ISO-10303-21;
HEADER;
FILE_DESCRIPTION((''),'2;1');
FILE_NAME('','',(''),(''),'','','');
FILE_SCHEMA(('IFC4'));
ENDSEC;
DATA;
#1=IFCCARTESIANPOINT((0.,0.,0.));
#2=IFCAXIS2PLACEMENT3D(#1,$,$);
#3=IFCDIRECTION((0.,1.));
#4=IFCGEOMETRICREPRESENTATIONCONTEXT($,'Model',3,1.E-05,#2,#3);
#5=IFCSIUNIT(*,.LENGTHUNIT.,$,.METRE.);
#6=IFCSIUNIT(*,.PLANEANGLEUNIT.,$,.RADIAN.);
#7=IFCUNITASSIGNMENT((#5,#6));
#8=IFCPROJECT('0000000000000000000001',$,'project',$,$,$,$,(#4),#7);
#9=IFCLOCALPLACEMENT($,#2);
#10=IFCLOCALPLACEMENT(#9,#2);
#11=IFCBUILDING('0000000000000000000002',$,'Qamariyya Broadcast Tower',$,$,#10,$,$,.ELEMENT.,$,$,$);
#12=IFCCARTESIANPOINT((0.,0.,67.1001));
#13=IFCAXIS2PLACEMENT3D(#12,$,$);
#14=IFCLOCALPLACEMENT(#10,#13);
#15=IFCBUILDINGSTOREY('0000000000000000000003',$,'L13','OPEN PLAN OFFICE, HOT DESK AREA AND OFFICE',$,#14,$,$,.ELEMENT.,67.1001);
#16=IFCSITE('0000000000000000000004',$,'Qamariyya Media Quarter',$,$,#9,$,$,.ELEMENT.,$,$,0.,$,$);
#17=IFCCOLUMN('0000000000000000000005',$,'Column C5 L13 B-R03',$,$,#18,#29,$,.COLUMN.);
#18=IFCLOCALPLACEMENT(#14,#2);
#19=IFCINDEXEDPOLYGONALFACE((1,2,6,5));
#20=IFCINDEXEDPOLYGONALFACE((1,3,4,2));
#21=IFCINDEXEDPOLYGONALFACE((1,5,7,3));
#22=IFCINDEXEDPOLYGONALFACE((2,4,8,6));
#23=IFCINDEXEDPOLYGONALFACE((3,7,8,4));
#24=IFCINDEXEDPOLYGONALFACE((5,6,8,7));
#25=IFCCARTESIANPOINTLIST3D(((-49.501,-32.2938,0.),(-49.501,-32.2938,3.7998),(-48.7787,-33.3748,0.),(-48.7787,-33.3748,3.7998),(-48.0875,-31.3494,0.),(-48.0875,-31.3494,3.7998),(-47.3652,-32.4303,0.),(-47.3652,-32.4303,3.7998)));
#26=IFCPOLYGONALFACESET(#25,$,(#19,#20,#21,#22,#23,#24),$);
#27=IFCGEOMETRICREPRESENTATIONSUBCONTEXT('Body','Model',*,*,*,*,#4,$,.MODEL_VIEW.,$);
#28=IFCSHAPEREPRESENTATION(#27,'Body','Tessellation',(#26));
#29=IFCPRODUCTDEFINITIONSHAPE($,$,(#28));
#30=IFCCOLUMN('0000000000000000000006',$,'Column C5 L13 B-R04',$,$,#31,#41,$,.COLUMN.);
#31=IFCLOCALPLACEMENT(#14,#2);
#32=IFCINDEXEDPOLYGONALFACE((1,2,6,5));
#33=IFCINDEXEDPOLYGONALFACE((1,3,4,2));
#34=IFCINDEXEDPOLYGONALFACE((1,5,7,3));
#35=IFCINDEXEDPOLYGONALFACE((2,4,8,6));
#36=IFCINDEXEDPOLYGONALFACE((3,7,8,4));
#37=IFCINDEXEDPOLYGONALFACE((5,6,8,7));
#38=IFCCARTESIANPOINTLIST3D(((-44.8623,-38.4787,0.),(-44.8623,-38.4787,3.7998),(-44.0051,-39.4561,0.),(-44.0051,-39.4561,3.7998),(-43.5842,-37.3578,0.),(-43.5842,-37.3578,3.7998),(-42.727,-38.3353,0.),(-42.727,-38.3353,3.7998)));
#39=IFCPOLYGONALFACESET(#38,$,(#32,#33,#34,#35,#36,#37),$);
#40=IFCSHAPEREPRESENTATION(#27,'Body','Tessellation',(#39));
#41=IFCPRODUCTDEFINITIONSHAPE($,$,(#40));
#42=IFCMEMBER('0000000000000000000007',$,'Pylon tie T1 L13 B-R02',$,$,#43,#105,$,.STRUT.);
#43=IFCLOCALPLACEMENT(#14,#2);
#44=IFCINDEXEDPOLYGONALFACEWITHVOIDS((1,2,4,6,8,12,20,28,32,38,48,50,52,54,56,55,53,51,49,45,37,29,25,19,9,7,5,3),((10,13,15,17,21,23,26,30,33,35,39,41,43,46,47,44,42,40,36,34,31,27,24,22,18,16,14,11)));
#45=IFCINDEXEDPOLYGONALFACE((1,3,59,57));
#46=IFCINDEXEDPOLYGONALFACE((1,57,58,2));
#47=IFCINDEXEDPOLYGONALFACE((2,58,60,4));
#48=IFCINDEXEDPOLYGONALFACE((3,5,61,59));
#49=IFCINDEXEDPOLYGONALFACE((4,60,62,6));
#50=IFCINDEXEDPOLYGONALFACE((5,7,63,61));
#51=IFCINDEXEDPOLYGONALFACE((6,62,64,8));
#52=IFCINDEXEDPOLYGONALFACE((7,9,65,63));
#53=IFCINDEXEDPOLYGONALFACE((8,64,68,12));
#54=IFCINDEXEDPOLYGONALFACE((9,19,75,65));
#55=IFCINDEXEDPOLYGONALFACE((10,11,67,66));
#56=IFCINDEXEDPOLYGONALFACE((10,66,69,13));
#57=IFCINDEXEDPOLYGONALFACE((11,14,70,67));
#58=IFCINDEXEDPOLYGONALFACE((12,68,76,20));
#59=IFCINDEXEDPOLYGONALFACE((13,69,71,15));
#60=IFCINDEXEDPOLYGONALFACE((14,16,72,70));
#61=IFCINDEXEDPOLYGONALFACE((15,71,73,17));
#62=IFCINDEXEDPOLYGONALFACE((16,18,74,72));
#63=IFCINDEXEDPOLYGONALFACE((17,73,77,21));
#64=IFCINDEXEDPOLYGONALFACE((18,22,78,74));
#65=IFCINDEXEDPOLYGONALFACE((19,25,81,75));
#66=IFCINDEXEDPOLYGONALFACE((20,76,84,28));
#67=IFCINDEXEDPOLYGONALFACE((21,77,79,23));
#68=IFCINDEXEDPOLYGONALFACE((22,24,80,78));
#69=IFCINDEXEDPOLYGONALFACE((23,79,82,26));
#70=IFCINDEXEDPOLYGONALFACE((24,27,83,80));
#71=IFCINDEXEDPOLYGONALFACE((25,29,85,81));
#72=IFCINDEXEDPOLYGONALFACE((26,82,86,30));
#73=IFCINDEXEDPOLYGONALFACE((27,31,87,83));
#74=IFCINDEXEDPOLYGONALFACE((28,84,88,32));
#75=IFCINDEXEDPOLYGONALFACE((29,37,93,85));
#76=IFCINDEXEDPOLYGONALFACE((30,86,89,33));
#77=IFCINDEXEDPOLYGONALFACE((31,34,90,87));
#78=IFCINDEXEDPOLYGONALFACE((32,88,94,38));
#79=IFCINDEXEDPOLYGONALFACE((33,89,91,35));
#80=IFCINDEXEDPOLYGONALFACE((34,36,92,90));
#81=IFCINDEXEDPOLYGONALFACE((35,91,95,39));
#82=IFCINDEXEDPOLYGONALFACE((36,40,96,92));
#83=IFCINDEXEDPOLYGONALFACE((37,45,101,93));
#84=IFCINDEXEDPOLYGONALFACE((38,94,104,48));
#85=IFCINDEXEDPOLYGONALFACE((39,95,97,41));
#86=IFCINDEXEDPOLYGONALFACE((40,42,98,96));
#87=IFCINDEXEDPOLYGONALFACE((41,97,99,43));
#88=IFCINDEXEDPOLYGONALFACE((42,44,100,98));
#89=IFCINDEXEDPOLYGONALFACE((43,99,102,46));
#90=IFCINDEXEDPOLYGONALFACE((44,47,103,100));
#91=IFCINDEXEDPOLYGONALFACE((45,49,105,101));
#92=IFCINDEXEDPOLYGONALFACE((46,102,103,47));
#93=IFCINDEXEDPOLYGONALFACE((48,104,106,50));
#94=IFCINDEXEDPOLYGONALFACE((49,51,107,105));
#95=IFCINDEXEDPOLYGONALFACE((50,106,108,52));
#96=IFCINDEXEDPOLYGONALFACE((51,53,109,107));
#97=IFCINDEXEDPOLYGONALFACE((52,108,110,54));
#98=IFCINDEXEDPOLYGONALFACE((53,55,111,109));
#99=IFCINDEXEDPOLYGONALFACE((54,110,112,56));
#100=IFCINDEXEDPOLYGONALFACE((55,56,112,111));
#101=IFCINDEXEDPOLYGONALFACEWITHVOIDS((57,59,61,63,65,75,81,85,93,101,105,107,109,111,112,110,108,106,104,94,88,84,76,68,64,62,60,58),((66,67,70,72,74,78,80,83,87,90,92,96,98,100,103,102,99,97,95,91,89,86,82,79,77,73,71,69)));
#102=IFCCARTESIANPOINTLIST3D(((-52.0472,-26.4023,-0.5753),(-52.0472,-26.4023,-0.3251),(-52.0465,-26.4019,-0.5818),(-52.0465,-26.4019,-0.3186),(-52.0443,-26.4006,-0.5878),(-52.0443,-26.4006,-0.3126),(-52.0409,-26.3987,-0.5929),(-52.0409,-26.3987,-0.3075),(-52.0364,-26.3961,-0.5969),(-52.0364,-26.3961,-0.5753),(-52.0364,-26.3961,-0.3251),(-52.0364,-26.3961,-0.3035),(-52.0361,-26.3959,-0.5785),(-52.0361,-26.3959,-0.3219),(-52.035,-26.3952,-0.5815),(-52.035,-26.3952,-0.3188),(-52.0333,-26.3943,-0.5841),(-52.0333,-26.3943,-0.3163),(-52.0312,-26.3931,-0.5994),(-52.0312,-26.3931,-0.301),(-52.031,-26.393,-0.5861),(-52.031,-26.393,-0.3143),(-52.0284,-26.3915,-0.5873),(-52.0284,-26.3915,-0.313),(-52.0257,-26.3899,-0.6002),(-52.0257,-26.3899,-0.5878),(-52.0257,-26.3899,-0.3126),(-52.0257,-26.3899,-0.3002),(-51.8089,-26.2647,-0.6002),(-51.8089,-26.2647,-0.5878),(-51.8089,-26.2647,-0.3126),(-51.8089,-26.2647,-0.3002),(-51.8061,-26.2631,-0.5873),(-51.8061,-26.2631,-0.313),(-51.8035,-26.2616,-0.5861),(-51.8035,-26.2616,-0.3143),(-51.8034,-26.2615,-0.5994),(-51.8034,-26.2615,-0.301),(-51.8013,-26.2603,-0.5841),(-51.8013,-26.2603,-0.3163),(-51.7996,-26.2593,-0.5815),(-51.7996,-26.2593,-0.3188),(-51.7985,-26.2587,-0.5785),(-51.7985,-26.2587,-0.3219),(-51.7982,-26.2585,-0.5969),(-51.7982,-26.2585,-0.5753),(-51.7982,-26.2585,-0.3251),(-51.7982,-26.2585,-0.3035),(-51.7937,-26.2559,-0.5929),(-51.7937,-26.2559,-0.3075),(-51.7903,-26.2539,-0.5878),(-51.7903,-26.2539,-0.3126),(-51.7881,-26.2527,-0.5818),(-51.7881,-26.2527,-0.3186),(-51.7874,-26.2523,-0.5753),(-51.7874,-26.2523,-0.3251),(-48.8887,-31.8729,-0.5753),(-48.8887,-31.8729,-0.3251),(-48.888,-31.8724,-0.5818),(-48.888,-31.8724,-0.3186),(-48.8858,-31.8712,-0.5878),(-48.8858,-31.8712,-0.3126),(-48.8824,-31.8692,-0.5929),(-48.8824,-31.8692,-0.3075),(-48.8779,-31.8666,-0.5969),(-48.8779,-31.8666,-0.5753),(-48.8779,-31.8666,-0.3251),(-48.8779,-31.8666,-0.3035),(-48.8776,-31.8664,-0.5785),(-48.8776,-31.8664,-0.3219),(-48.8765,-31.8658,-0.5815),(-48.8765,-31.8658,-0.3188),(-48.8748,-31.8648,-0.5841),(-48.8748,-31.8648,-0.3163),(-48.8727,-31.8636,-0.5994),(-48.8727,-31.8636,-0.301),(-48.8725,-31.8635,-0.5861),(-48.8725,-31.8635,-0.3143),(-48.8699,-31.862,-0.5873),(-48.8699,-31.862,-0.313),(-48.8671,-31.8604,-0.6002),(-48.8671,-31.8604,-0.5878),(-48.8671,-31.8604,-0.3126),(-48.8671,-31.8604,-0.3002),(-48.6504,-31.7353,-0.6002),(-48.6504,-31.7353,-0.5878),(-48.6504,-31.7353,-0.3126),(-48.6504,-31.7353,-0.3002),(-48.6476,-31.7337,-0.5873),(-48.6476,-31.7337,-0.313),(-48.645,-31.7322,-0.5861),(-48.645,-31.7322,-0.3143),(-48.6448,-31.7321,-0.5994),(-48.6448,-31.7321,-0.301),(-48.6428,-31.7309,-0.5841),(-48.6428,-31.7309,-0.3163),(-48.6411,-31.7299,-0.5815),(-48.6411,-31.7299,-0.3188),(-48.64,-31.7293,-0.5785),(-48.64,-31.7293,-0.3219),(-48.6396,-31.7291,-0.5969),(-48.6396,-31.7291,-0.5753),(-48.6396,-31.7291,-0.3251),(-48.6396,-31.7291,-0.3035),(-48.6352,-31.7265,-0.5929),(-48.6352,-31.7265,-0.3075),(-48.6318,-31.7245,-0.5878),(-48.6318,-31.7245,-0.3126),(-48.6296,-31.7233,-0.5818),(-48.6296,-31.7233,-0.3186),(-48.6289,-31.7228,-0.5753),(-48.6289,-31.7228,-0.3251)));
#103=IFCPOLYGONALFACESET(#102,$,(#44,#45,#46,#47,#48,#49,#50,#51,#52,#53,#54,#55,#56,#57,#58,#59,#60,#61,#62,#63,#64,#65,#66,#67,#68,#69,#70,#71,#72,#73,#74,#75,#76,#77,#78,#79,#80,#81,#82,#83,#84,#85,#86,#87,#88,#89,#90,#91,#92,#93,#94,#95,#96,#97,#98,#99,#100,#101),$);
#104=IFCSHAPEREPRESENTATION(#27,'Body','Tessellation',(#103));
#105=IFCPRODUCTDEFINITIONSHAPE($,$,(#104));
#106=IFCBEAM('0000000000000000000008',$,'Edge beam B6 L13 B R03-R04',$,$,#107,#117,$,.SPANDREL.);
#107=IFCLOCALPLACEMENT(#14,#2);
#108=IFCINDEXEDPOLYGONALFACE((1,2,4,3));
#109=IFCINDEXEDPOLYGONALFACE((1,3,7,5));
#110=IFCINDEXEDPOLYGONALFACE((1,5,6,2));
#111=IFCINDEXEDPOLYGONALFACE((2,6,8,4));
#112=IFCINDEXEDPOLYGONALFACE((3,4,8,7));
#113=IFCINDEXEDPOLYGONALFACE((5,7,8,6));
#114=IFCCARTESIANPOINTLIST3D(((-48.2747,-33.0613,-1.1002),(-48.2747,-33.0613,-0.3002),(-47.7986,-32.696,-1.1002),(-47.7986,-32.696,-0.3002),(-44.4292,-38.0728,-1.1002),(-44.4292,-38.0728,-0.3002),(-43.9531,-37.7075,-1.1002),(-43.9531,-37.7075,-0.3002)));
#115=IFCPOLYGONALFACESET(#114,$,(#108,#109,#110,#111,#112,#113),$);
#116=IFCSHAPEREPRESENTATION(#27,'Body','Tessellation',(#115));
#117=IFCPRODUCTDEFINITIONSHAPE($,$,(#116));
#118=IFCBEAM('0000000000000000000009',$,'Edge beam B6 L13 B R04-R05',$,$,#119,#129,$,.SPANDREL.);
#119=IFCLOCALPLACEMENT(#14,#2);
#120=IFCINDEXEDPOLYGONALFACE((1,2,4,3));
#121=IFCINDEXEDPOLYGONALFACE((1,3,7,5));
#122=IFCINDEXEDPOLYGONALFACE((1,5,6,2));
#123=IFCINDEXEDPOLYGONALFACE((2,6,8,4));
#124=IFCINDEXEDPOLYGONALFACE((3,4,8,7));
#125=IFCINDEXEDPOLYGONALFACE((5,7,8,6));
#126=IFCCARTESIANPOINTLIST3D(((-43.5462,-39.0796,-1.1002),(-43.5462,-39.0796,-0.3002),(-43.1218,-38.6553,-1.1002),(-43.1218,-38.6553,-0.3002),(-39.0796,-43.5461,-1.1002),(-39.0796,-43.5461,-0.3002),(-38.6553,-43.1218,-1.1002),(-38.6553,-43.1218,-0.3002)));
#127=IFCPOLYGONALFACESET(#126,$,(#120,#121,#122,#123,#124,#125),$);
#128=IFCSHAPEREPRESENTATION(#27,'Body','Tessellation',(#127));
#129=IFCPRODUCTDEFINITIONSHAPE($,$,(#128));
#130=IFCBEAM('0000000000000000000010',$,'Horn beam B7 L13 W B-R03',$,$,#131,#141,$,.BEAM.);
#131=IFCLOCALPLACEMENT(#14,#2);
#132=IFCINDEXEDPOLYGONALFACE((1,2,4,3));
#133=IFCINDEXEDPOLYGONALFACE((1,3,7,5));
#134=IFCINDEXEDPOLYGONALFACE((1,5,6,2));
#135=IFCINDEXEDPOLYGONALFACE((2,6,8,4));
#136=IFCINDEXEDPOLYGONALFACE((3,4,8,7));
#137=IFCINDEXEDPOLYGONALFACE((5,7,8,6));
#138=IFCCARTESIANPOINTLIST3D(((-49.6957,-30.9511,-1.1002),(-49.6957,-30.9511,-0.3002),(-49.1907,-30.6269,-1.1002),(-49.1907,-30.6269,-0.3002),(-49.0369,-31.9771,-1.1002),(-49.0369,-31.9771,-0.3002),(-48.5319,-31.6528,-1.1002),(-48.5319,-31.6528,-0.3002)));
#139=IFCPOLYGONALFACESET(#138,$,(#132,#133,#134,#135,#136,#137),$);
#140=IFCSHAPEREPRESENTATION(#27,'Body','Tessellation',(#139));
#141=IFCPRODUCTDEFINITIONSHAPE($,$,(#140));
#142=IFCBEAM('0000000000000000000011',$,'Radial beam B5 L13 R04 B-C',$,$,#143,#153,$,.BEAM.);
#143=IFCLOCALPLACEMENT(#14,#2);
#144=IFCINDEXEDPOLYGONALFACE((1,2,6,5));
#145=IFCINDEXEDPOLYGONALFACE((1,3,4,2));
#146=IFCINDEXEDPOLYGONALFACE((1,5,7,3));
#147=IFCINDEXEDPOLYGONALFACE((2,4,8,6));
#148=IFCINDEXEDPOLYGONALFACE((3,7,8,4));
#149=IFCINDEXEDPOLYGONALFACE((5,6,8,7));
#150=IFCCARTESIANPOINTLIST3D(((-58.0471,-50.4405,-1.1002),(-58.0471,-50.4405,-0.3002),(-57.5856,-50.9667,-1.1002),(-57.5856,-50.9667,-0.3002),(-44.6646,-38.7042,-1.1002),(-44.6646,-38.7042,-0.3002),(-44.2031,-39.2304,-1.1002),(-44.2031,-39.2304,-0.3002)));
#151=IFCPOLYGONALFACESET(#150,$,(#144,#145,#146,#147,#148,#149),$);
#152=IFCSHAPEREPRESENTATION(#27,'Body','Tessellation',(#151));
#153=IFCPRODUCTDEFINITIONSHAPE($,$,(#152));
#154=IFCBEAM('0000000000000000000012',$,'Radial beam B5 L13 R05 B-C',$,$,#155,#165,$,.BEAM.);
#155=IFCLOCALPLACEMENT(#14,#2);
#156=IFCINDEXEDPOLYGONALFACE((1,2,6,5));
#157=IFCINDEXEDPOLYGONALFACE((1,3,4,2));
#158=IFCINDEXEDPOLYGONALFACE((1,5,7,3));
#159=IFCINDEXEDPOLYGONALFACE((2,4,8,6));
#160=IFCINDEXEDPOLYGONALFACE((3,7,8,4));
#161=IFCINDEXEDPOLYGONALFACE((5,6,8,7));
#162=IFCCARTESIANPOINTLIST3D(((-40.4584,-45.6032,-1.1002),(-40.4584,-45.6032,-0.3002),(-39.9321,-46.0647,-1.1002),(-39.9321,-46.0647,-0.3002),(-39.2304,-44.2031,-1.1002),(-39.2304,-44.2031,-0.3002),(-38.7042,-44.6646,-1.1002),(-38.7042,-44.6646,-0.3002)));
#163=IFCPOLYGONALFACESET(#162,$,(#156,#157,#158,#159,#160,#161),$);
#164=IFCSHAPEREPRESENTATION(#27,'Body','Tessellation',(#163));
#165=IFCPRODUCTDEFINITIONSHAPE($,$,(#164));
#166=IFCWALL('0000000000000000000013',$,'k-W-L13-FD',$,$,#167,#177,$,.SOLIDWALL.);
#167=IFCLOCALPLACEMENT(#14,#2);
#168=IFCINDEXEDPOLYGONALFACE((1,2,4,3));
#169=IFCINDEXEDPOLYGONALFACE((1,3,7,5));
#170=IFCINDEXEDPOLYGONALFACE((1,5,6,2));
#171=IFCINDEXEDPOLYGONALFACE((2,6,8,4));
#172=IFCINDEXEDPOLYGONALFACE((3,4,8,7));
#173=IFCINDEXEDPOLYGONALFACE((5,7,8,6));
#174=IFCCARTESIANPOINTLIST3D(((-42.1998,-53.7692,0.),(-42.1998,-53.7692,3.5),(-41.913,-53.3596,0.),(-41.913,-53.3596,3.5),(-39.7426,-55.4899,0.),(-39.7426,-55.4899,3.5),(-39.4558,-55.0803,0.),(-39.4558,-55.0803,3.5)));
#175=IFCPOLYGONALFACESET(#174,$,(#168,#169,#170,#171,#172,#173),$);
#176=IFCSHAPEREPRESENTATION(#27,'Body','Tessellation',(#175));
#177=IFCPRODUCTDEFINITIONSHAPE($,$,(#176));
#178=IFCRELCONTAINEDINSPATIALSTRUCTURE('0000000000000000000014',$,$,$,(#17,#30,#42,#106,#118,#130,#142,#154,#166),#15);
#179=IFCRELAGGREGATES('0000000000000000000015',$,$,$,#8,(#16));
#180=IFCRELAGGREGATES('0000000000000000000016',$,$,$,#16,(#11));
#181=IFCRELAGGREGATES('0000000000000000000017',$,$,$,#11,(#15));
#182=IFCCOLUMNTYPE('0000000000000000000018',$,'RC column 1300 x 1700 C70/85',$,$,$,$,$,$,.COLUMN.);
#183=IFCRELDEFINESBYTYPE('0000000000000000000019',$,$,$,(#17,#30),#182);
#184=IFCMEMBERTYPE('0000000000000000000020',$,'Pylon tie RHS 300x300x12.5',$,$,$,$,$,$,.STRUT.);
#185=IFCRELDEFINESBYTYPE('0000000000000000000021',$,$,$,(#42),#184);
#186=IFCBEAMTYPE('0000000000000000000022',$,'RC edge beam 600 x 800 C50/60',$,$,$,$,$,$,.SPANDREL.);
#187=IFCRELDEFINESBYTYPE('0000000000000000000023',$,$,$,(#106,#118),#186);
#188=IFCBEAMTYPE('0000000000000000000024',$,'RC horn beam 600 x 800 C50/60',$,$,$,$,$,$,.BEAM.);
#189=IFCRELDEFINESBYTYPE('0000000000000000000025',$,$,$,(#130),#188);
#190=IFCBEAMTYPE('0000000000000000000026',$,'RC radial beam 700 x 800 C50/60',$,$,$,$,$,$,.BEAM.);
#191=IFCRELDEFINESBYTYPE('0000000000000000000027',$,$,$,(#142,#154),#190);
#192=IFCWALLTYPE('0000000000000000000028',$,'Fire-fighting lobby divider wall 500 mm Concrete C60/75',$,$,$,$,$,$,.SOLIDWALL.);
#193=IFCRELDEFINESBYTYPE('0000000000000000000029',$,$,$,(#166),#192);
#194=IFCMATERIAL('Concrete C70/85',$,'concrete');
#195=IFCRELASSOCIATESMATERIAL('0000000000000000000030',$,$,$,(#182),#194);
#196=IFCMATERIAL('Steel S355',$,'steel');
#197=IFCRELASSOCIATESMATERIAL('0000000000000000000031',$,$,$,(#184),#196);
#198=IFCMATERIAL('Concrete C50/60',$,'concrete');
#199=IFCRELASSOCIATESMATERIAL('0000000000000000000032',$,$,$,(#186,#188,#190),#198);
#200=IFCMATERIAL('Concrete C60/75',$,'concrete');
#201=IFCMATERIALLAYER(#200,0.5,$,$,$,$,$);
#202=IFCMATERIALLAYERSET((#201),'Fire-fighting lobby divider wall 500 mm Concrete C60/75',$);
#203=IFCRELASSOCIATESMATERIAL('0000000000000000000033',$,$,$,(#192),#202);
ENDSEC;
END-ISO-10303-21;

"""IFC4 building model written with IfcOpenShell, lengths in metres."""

from ifc_helpers import new_model, si_unit, direction, frame, frame_2d, origin, origin_2d, place, context, subcontext, project, spatial, rectangle, hollow_rectangle, extrude, material, layer, layer_set, material_profile, profile_set, type_object, element, save


model = new_model("IFC4")

# Units and contexts
model_context = context("Model", 3, precision=1e-05, world=origin(), true_north=direction((0.0, 1.0)))
body_context = subcontext(model_context, "Body", "Model", "MODEL_VIEW")
ifc_project = project(units=[si_unit("LENGTHUNIT", "METRE"), si_unit("PLANEANGLEUNIT", "RADIAN")], contexts=[model_context])

# Site, building, storey
site_placement = place(None, origin())
site = spatial("IfcSite", under=ifc_project, at=site_placement, Name="Qamariyya Media Quarter", CompositionType="ELEMENT", RefElevation=0.0)
building_placement = place(site_placement, origin())
building = spatial("IfcBuilding", under=site, at=building_placement, Name="Qamariyya Broadcast Tower", CompositionType="ELEMENT")
storey_placement = place(building_placement, frame((0.0, 0.0, 67.1001)))
storey = spatial("IfcBuildingStorey", under=building, at=storey_placement, Name="L13", Description="OPEN PLAN OFFICE, HOT DESK AREA AND OFFICE", CompositionType="ELEMENT", Elevation=67.1001)

# Columns
ifc_material_1 = material(Name="Concrete C70/85", Category="concrete")
ifc_material_profile_1 = material_profile(ifc_material_1, rectangle(XDim=1.3, YDim=1.7, at=origin_2d()))
ifc_profile_set_1 = profile_set([ifc_material_profile_1], Name="Concrete C70/85")
column_type = type_object("IfcColumnType", Name="RC column 1300 x 1700 C70/85", PredefinedType="COLUMN", material=ifc_profile_set_1)
for number, where, z_axis, x_axis, name in (
    (1, (-48.4331, -32.3621, 0.0), (0.0, 0.0, 1.0), (0.55557, -0.83147, 0.0), "Column C5 L13 B-R03"),
    (2, (-43.7947, -38.407, 0.0), (0.0, 0.0, 1.0), (0.659346, -0.75184, 0.0), "Column C5 L13 B-R04"),
):
    element("IfcColumn", number, at=place(storey_placement, frame(where, z_axis=z_axis, x_axis=x_axis)), inside=storey, type_object=column_type, Name=name, PredefinedType="COLUMN", context=body_context, shape_type="SweptSolid", body=[
        extrude(rectangle(XDim=1.3, YDim=1.7, at=origin_2d()), origin(), (0.0, 0.0, 1.0), 3.7998),
    ])

# Member
ifc_material_2 = material(Name="Steel S355", Category="steel")
ifc_material_profile_2 = material_profile(ifc_material_2, hollow_rectangle(XDim=0.3, YDim=0.3, WallThickness=0.0125, InnerFilletRadius=0.0125, OuterFilletRadius=0.0249, at=origin_2d()))
ifc_profile_set_2 = profile_set([ifc_material_profile_2], Name="Steel S355")
member_type = type_object("IfcMemberType", Name="Pylon tie RHS 300x300x12.5", PredefinedType="STRUT", material=ifc_profile_set_2)
member_placement = place(storey_placement, frame((-48.7588, -31.7979, -0.4502), z_axis=(-0.500009, 0.86602, 0.0), x_axis=(-0.86602, -0.500009, 0.0)))
element("IfcMember", 3, at=member_placement, inside=storey, type_object=member_type, Name="Pylon tie T1 L13 B-R02", PredefinedType="STRUT", context=body_context, shape_type="SweptSolid", body=[
    extrude(hollow_rectangle(XDim=0.3, YDim=0.3, WallThickness=0.0125, InnerFilletRadius=0.0125, OuterFilletRadius=0.0249, at=origin_2d()), origin(), (0.0, 0.0, 1.0), 6.3169),
])

# Beams
ifc_material_3 = material(Name="Concrete C50/60", Category="concrete")
ifc_material_profile_3 = material_profile(ifc_material_3, rectangle(XDim=0.6001, YDim=0.8, at=origin_2d()))
ifc_profile_set_3 = profile_set([ifc_material_profile_3], Name="Concrete C50/60")
beam_type_1 = type_object("IfcBeamType", Name="RC edge beam 600 x 800 C50/60", PredefinedType="SPANDREL", material=ifc_profile_set_3)
beam_1_placement = place(storey_placement, frame((-48.0366, -32.8787, -0.7002), z_axis=(0.608763, -0.793352, 0.0), x_axis=(0.793352, 0.608763, 0.0)))
element("IfcBeam", 4, at=beam_1_placement, inside=storey, type_object=beam_type_1, Name="Edge beam B6 L13 B R03-R04", PredefinedType="SPANDREL", context=body_context, shape_type="SweptSolid", body=[
    extrude(rectangle(XDim=0.6001, YDim=0.8, at=origin_2d()), origin(), (0.0, 0.0, 1.0), 6.3169),
])
beam_2_placement = place(storey_placement, frame((-43.334, -38.8674, -0.7002), z_axis=(0.707107, -0.707107, 0.0), x_axis=(0.707107, 0.707107, 0.0)))
element("IfcBeam", 5, at=beam_2_placement, inside=storey, type_object=beam_type_1, Name="Edge beam B6 L13 B R04-R05", PredefinedType="SPANDREL", context=body_context, shape_type="SweptSolid", body=[
    extrude(rectangle(XDim=0.6001, YDim=0.8, at=origin_2d()), origin(), (0.0, 0.0, 1.0), 6.3167),
])
ifc_material_profile_4 = material_profile(ifc_material_3, rectangle(XDim=0.6001, YDim=0.8, at=origin_2d()))
ifc_profile_set_4 = profile_set([ifc_material_profile_4], Name="Concrete C50/60")
beam_type_2 = type_object("IfcBeamType", Name="RC horn beam 600 x 800 C50/60", PredefinedType="BEAM", material=ifc_profile_set_4)
beam_3_placement = place(storey_placement, frame((-48.7844, -31.8149, -0.7002), z_axis=(-0.540292, 0.841478, 0.0), x_axis=(-0.841478, -0.540292, 0.0)))
element("IfcBeam", 6, at=beam_3_placement, inside=storey, type_object=beam_type_2, Name="Horn beam B7 L13 W B-R03", PredefinedType="BEAM", context=body_context, shape_type="SweptSolid", body=[
    extrude(rectangle(XDim=0.6001, YDim=0.8, at=origin_2d()), origin(), (0.0, 0.0, 1.0), 1.2192),
])
ifc_material_profile_5 = material_profile(ifc_material_3, rectangle(XDim=0.7, YDim=0.8, at=origin_2d()))
ifc_profile_set_5 = profile_set([ifc_material_profile_5], Name="Concrete C50/60")
beam_type_3 = type_object("IfcBeamType", Name="RC radial beam 700 x 800 C50/60", PredefinedType="BEAM", material=ifc_profile_set_5)
beam_4_placement = place(storey_placement, frame((-44.4338, -38.9673, -0.7002), z_axis=(-0.751836, -0.65935, 0.0), x_axis=(0.65935, -0.751836, 0.0)))
element("IfcBeam", 7, at=beam_4_placement, inside=storey, type_object=beam_type_3, Name="Radial beam B5 L13 R04 B-C", PredefinedType="BEAM", context=body_context, shape_type="SweptSolid", body=[
    extrude(rectangle(XDim=0.7, YDim=0.8, at=origin_2d()), origin(), (0.0, 0.0, 1.0), 17.7998),
])
beam_5_placement = place(storey_placement, frame((-38.9673, -44.4338, -0.7002), z_axis=(-0.659386, -0.751805, 0.0), x_axis=(0.751805, -0.659386, 0.0)))
element("IfcBeam", 8, at=beam_5_placement, inside=storey, type_object=beam_type_3, Name="Radial beam B5 L13 R05 B-C", PredefinedType="BEAM", context=body_context, shape_type="SweptSolid", body=[
    extrude(rectangle(XDim=0.7, YDim=0.8, at=origin_2d()), origin(), (0.0, 0.0, 1.0), 1.8623),
])

# Wall
ifc_material_4 = material(Name="Concrete C60/75", Category="concrete")
ifc_layer_1 = layer(ifc_material_4, 0.5)
ifc_layer_set_1 = layer_set([ifc_layer_1], Name="Fire-fighting lobby divider wall 500 mm Concrete C60/75")
wall_type_1 = type_object("IfcWallType", Name="Fire-fighting lobby divider wall 500 mm Concrete C60/75", PredefinedType="SOLIDWALL", material=ifc_layer_set_1)
wall_1_placement = place(storey_placement, frame((-39.5991, -55.2852, 0.0), z_axis=(0.0, 0.0, 1.0), x_axis=(-0.819136, 0.573599, 0.0)))
element("IfcWall", 9, at=wall_1_placement, inside=storey, type_object=wall_type_1, Name="k-W-L13-FD", PredefinedType="SOLIDWALL", context=body_context, shape_type="SweptSolid", body=[
    extrude(rectangle(XDim=2.9998, YDim=0.5, at=frame_2d((1.5, 0.0))), origin(), (0.0, 0.0, 1.0), 3.5),
])

save(model, "model.ifc")
